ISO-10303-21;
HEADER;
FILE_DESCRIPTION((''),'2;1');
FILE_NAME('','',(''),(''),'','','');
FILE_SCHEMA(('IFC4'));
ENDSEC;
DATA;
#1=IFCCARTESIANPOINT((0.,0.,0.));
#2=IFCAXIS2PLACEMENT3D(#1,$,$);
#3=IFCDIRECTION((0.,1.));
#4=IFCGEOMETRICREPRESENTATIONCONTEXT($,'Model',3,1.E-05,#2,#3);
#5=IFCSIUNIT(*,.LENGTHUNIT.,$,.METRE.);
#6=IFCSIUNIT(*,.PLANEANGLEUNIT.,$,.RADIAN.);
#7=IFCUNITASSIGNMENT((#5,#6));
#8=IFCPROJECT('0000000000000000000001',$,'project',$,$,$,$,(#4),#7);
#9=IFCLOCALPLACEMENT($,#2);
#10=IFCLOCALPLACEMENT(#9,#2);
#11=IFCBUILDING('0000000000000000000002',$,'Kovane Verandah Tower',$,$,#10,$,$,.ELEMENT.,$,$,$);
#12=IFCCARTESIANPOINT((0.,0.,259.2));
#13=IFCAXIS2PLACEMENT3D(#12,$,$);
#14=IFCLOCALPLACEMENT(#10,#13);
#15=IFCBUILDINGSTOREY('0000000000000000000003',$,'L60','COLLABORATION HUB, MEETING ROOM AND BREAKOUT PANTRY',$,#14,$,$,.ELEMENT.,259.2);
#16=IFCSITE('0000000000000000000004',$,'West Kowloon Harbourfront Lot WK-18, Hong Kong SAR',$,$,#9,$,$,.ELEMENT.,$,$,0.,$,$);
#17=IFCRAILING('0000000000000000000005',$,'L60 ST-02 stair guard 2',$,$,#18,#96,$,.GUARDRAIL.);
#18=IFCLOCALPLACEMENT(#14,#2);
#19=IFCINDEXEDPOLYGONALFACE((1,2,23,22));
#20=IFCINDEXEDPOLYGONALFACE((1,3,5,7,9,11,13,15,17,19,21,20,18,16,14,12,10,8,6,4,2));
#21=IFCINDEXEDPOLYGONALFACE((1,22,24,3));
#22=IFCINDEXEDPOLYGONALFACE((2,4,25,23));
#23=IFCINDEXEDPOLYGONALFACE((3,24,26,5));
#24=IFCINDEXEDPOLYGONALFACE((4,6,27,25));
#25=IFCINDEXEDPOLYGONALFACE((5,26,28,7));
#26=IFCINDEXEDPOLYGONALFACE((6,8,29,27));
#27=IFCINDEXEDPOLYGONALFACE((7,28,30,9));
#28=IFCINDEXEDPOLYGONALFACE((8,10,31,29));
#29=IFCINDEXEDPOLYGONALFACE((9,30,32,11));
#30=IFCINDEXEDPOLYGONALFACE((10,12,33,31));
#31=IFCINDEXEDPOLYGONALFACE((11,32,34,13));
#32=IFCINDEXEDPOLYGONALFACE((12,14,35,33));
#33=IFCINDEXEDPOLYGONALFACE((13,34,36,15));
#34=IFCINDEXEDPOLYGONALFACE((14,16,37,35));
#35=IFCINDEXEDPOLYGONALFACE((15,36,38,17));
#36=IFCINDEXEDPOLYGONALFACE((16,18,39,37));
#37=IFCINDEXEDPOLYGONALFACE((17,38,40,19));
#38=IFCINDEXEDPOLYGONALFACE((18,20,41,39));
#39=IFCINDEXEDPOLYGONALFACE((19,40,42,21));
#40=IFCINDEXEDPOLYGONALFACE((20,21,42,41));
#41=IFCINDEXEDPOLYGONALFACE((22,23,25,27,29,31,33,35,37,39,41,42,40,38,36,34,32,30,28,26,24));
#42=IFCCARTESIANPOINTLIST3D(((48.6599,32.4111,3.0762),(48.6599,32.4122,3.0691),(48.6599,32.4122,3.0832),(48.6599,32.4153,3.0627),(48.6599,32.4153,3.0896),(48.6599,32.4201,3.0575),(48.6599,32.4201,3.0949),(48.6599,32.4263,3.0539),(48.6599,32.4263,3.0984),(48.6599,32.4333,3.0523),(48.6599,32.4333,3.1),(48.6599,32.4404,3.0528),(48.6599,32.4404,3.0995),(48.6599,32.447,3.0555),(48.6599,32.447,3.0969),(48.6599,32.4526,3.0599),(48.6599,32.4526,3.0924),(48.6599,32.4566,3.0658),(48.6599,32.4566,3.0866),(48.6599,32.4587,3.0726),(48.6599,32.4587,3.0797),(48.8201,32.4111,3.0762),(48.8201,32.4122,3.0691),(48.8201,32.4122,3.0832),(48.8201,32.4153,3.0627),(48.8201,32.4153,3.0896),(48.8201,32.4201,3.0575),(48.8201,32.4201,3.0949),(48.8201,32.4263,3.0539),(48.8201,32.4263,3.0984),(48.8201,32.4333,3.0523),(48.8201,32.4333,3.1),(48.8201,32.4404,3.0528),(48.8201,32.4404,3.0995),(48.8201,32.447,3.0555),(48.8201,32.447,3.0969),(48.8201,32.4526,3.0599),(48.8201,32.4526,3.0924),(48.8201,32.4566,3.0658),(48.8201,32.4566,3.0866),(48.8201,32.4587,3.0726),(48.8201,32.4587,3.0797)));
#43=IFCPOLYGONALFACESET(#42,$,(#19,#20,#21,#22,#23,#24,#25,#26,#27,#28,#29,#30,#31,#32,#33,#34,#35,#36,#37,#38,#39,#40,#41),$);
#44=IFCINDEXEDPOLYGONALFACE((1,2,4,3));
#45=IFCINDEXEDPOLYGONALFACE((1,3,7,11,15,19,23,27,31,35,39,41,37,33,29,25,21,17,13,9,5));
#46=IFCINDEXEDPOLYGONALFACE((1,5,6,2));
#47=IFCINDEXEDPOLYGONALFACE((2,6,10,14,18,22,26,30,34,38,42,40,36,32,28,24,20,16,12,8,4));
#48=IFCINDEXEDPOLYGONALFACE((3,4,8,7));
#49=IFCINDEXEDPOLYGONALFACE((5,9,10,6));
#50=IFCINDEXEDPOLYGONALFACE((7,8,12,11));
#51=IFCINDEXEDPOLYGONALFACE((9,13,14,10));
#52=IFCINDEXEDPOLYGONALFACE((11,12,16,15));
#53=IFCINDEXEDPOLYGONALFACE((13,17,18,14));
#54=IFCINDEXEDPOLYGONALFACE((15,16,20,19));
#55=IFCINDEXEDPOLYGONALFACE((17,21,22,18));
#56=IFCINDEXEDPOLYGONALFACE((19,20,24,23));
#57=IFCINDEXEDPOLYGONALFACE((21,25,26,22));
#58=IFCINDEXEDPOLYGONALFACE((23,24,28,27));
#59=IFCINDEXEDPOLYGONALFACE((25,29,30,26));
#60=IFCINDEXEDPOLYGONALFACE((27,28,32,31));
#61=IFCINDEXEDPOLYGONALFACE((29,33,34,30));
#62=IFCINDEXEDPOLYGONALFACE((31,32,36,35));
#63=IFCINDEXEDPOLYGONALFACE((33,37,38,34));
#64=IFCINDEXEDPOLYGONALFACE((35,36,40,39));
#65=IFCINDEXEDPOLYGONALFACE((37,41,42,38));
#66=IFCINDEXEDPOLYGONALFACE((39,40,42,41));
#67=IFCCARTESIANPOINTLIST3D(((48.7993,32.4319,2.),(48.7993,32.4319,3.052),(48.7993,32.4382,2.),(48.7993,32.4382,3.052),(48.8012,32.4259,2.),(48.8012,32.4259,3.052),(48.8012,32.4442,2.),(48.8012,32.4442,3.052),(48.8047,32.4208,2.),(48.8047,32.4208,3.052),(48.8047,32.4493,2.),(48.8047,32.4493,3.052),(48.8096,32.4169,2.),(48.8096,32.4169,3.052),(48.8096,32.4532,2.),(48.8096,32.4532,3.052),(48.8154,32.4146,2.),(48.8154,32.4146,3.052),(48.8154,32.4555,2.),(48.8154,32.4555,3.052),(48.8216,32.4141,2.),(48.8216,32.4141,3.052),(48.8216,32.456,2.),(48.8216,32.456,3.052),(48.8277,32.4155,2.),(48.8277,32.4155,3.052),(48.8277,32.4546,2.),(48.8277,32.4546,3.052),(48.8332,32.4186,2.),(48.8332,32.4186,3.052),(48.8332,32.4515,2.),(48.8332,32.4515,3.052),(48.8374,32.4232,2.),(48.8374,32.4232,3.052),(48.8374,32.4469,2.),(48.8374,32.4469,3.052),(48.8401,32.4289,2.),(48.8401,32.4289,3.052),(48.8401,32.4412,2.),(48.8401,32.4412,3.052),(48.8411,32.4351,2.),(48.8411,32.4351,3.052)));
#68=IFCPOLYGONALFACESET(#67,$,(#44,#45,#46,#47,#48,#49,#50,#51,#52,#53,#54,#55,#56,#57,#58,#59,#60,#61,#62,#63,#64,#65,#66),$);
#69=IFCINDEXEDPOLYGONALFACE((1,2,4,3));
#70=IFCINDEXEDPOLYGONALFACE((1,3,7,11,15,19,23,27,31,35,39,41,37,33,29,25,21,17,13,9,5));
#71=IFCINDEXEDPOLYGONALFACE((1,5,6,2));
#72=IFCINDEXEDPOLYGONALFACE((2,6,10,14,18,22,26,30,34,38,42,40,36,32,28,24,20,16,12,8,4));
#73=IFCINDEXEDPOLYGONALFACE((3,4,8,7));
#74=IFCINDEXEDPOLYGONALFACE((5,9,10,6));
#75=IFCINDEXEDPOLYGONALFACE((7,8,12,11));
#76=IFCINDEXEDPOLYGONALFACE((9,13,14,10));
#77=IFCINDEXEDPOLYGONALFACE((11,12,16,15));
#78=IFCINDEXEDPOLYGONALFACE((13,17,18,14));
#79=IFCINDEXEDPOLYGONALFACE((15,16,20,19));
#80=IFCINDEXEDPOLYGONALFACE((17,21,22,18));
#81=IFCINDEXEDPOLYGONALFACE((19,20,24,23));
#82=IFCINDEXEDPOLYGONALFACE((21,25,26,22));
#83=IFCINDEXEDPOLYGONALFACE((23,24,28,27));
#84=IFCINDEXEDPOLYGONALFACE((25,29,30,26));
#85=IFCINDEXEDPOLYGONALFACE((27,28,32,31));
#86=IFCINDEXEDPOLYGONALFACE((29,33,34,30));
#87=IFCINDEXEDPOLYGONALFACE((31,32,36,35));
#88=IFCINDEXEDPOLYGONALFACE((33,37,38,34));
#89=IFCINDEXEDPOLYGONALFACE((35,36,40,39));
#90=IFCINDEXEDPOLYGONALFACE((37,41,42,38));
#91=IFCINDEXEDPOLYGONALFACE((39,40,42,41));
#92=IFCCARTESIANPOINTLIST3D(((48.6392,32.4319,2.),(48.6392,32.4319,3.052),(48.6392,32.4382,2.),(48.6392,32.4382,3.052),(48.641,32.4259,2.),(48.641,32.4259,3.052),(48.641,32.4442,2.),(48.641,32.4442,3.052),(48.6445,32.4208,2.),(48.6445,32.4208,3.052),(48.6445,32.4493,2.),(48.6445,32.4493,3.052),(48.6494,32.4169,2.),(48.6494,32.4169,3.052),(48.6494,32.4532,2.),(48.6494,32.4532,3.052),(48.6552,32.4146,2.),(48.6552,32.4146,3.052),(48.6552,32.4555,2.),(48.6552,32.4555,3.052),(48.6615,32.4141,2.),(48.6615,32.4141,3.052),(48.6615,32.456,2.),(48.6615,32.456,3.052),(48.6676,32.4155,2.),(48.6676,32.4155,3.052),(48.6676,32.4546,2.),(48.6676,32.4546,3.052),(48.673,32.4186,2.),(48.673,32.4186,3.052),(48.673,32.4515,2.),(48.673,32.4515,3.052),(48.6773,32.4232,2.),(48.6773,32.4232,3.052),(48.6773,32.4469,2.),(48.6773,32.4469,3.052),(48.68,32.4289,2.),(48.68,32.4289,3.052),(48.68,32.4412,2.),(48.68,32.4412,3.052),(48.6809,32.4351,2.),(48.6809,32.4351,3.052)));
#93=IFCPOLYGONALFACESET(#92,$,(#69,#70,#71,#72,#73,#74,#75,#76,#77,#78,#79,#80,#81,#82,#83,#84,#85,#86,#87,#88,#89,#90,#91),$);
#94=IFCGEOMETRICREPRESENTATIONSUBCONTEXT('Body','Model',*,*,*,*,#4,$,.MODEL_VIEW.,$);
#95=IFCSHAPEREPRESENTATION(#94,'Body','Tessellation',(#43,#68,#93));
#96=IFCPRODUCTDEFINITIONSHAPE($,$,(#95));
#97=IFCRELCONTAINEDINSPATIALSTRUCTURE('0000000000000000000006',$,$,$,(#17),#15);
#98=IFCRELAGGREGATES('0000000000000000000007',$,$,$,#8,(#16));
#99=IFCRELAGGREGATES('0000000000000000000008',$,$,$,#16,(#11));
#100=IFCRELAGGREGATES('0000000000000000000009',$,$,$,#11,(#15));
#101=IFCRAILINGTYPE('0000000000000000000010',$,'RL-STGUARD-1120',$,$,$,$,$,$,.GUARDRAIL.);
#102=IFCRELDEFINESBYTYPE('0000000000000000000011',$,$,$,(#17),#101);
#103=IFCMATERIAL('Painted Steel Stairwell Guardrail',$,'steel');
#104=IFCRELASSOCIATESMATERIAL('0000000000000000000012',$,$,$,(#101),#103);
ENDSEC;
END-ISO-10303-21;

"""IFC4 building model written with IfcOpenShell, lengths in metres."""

from ifc_helpers import new_model, si_unit, direction, frame, origin, origin_2d, place, context, subcontext, project, spatial, circle, extrude, material, type_object, element, save


model = new_model("IFC4")

# Units and contexts
model_context = context("Model", 3, precision=1e-05, world=origin(), true_north=direction((0.0, 1.0)))
body_context = subcontext(model_context, "Body", "Model", "MODEL_VIEW")
ifc_project = project(units=[si_unit("LENGTHUNIT", "METRE"), si_unit("PLANEANGLEUNIT", "RADIAN")], contexts=[model_context])

# Site, building, storey
site_placement = place(None, origin())
site = spatial("IfcSite", under=ifc_project, at=site_placement, Name="West Kowloon Harbourfront Lot WK-18, Hong Kong SAR", CompositionType="ELEMENT", RefElevation=0.0)
building_placement = place(site_placement, origin())
building = spatial("IfcBuilding", under=site, at=building_placement, Name="Kovane Verandah Tower", CompositionType="ELEMENT")
storey_placement = place(building_placement, frame((0.0, 0.0, 259.2)))
storey = spatial("IfcBuildingStorey", under=building, at=storey_placement, Name="L60", Description="COLLABORATION HUB, MEETING ROOM AND BREAKOUT PANTRY", CompositionType="ELEMENT", Elevation=259.2)

# Railing
ifc_material_1 = material(Name="Painted Steel Stairwell Guardrail", Category="steel")
railing_type = type_object("IfcRailingType", Name="RL-STGUARD-1120", PredefinedType="GUARDRAIL", material=ifc_material_1)
railing_1_placement = place(storey_placement, frame((48.8201, 32.4351, 2.0)))
element("IfcRailing", 1, at=railing_1_placement, inside=storey, type_object=railing_type, Name="L60 ST-02 stair guard 2", PredefinedType="GUARDRAIL", context=body_context, shape_type="SweptSolid", body=[
    extrude(circle(Radius=0.0239, at=origin_2d()), frame((0.0, 0.0, 1.0762), z_axis=(-1.0, 0.0, 0.0), x_axis=(0.0, -1.0, 0.0)), (0.0, 0.0, 1.0), 0.1602),
    extrude(circle(Radius=0.021, at=origin_2d()), origin(), (0.0, 0.0, 1.0), 1.052),
    extrude(circle(Radius=0.021, at=origin_2d()), frame((-0.1602, 0.0, 0.0)), (0.0, 0.0, 1.0), 1.052),
])

save(model, "model.ifc")
